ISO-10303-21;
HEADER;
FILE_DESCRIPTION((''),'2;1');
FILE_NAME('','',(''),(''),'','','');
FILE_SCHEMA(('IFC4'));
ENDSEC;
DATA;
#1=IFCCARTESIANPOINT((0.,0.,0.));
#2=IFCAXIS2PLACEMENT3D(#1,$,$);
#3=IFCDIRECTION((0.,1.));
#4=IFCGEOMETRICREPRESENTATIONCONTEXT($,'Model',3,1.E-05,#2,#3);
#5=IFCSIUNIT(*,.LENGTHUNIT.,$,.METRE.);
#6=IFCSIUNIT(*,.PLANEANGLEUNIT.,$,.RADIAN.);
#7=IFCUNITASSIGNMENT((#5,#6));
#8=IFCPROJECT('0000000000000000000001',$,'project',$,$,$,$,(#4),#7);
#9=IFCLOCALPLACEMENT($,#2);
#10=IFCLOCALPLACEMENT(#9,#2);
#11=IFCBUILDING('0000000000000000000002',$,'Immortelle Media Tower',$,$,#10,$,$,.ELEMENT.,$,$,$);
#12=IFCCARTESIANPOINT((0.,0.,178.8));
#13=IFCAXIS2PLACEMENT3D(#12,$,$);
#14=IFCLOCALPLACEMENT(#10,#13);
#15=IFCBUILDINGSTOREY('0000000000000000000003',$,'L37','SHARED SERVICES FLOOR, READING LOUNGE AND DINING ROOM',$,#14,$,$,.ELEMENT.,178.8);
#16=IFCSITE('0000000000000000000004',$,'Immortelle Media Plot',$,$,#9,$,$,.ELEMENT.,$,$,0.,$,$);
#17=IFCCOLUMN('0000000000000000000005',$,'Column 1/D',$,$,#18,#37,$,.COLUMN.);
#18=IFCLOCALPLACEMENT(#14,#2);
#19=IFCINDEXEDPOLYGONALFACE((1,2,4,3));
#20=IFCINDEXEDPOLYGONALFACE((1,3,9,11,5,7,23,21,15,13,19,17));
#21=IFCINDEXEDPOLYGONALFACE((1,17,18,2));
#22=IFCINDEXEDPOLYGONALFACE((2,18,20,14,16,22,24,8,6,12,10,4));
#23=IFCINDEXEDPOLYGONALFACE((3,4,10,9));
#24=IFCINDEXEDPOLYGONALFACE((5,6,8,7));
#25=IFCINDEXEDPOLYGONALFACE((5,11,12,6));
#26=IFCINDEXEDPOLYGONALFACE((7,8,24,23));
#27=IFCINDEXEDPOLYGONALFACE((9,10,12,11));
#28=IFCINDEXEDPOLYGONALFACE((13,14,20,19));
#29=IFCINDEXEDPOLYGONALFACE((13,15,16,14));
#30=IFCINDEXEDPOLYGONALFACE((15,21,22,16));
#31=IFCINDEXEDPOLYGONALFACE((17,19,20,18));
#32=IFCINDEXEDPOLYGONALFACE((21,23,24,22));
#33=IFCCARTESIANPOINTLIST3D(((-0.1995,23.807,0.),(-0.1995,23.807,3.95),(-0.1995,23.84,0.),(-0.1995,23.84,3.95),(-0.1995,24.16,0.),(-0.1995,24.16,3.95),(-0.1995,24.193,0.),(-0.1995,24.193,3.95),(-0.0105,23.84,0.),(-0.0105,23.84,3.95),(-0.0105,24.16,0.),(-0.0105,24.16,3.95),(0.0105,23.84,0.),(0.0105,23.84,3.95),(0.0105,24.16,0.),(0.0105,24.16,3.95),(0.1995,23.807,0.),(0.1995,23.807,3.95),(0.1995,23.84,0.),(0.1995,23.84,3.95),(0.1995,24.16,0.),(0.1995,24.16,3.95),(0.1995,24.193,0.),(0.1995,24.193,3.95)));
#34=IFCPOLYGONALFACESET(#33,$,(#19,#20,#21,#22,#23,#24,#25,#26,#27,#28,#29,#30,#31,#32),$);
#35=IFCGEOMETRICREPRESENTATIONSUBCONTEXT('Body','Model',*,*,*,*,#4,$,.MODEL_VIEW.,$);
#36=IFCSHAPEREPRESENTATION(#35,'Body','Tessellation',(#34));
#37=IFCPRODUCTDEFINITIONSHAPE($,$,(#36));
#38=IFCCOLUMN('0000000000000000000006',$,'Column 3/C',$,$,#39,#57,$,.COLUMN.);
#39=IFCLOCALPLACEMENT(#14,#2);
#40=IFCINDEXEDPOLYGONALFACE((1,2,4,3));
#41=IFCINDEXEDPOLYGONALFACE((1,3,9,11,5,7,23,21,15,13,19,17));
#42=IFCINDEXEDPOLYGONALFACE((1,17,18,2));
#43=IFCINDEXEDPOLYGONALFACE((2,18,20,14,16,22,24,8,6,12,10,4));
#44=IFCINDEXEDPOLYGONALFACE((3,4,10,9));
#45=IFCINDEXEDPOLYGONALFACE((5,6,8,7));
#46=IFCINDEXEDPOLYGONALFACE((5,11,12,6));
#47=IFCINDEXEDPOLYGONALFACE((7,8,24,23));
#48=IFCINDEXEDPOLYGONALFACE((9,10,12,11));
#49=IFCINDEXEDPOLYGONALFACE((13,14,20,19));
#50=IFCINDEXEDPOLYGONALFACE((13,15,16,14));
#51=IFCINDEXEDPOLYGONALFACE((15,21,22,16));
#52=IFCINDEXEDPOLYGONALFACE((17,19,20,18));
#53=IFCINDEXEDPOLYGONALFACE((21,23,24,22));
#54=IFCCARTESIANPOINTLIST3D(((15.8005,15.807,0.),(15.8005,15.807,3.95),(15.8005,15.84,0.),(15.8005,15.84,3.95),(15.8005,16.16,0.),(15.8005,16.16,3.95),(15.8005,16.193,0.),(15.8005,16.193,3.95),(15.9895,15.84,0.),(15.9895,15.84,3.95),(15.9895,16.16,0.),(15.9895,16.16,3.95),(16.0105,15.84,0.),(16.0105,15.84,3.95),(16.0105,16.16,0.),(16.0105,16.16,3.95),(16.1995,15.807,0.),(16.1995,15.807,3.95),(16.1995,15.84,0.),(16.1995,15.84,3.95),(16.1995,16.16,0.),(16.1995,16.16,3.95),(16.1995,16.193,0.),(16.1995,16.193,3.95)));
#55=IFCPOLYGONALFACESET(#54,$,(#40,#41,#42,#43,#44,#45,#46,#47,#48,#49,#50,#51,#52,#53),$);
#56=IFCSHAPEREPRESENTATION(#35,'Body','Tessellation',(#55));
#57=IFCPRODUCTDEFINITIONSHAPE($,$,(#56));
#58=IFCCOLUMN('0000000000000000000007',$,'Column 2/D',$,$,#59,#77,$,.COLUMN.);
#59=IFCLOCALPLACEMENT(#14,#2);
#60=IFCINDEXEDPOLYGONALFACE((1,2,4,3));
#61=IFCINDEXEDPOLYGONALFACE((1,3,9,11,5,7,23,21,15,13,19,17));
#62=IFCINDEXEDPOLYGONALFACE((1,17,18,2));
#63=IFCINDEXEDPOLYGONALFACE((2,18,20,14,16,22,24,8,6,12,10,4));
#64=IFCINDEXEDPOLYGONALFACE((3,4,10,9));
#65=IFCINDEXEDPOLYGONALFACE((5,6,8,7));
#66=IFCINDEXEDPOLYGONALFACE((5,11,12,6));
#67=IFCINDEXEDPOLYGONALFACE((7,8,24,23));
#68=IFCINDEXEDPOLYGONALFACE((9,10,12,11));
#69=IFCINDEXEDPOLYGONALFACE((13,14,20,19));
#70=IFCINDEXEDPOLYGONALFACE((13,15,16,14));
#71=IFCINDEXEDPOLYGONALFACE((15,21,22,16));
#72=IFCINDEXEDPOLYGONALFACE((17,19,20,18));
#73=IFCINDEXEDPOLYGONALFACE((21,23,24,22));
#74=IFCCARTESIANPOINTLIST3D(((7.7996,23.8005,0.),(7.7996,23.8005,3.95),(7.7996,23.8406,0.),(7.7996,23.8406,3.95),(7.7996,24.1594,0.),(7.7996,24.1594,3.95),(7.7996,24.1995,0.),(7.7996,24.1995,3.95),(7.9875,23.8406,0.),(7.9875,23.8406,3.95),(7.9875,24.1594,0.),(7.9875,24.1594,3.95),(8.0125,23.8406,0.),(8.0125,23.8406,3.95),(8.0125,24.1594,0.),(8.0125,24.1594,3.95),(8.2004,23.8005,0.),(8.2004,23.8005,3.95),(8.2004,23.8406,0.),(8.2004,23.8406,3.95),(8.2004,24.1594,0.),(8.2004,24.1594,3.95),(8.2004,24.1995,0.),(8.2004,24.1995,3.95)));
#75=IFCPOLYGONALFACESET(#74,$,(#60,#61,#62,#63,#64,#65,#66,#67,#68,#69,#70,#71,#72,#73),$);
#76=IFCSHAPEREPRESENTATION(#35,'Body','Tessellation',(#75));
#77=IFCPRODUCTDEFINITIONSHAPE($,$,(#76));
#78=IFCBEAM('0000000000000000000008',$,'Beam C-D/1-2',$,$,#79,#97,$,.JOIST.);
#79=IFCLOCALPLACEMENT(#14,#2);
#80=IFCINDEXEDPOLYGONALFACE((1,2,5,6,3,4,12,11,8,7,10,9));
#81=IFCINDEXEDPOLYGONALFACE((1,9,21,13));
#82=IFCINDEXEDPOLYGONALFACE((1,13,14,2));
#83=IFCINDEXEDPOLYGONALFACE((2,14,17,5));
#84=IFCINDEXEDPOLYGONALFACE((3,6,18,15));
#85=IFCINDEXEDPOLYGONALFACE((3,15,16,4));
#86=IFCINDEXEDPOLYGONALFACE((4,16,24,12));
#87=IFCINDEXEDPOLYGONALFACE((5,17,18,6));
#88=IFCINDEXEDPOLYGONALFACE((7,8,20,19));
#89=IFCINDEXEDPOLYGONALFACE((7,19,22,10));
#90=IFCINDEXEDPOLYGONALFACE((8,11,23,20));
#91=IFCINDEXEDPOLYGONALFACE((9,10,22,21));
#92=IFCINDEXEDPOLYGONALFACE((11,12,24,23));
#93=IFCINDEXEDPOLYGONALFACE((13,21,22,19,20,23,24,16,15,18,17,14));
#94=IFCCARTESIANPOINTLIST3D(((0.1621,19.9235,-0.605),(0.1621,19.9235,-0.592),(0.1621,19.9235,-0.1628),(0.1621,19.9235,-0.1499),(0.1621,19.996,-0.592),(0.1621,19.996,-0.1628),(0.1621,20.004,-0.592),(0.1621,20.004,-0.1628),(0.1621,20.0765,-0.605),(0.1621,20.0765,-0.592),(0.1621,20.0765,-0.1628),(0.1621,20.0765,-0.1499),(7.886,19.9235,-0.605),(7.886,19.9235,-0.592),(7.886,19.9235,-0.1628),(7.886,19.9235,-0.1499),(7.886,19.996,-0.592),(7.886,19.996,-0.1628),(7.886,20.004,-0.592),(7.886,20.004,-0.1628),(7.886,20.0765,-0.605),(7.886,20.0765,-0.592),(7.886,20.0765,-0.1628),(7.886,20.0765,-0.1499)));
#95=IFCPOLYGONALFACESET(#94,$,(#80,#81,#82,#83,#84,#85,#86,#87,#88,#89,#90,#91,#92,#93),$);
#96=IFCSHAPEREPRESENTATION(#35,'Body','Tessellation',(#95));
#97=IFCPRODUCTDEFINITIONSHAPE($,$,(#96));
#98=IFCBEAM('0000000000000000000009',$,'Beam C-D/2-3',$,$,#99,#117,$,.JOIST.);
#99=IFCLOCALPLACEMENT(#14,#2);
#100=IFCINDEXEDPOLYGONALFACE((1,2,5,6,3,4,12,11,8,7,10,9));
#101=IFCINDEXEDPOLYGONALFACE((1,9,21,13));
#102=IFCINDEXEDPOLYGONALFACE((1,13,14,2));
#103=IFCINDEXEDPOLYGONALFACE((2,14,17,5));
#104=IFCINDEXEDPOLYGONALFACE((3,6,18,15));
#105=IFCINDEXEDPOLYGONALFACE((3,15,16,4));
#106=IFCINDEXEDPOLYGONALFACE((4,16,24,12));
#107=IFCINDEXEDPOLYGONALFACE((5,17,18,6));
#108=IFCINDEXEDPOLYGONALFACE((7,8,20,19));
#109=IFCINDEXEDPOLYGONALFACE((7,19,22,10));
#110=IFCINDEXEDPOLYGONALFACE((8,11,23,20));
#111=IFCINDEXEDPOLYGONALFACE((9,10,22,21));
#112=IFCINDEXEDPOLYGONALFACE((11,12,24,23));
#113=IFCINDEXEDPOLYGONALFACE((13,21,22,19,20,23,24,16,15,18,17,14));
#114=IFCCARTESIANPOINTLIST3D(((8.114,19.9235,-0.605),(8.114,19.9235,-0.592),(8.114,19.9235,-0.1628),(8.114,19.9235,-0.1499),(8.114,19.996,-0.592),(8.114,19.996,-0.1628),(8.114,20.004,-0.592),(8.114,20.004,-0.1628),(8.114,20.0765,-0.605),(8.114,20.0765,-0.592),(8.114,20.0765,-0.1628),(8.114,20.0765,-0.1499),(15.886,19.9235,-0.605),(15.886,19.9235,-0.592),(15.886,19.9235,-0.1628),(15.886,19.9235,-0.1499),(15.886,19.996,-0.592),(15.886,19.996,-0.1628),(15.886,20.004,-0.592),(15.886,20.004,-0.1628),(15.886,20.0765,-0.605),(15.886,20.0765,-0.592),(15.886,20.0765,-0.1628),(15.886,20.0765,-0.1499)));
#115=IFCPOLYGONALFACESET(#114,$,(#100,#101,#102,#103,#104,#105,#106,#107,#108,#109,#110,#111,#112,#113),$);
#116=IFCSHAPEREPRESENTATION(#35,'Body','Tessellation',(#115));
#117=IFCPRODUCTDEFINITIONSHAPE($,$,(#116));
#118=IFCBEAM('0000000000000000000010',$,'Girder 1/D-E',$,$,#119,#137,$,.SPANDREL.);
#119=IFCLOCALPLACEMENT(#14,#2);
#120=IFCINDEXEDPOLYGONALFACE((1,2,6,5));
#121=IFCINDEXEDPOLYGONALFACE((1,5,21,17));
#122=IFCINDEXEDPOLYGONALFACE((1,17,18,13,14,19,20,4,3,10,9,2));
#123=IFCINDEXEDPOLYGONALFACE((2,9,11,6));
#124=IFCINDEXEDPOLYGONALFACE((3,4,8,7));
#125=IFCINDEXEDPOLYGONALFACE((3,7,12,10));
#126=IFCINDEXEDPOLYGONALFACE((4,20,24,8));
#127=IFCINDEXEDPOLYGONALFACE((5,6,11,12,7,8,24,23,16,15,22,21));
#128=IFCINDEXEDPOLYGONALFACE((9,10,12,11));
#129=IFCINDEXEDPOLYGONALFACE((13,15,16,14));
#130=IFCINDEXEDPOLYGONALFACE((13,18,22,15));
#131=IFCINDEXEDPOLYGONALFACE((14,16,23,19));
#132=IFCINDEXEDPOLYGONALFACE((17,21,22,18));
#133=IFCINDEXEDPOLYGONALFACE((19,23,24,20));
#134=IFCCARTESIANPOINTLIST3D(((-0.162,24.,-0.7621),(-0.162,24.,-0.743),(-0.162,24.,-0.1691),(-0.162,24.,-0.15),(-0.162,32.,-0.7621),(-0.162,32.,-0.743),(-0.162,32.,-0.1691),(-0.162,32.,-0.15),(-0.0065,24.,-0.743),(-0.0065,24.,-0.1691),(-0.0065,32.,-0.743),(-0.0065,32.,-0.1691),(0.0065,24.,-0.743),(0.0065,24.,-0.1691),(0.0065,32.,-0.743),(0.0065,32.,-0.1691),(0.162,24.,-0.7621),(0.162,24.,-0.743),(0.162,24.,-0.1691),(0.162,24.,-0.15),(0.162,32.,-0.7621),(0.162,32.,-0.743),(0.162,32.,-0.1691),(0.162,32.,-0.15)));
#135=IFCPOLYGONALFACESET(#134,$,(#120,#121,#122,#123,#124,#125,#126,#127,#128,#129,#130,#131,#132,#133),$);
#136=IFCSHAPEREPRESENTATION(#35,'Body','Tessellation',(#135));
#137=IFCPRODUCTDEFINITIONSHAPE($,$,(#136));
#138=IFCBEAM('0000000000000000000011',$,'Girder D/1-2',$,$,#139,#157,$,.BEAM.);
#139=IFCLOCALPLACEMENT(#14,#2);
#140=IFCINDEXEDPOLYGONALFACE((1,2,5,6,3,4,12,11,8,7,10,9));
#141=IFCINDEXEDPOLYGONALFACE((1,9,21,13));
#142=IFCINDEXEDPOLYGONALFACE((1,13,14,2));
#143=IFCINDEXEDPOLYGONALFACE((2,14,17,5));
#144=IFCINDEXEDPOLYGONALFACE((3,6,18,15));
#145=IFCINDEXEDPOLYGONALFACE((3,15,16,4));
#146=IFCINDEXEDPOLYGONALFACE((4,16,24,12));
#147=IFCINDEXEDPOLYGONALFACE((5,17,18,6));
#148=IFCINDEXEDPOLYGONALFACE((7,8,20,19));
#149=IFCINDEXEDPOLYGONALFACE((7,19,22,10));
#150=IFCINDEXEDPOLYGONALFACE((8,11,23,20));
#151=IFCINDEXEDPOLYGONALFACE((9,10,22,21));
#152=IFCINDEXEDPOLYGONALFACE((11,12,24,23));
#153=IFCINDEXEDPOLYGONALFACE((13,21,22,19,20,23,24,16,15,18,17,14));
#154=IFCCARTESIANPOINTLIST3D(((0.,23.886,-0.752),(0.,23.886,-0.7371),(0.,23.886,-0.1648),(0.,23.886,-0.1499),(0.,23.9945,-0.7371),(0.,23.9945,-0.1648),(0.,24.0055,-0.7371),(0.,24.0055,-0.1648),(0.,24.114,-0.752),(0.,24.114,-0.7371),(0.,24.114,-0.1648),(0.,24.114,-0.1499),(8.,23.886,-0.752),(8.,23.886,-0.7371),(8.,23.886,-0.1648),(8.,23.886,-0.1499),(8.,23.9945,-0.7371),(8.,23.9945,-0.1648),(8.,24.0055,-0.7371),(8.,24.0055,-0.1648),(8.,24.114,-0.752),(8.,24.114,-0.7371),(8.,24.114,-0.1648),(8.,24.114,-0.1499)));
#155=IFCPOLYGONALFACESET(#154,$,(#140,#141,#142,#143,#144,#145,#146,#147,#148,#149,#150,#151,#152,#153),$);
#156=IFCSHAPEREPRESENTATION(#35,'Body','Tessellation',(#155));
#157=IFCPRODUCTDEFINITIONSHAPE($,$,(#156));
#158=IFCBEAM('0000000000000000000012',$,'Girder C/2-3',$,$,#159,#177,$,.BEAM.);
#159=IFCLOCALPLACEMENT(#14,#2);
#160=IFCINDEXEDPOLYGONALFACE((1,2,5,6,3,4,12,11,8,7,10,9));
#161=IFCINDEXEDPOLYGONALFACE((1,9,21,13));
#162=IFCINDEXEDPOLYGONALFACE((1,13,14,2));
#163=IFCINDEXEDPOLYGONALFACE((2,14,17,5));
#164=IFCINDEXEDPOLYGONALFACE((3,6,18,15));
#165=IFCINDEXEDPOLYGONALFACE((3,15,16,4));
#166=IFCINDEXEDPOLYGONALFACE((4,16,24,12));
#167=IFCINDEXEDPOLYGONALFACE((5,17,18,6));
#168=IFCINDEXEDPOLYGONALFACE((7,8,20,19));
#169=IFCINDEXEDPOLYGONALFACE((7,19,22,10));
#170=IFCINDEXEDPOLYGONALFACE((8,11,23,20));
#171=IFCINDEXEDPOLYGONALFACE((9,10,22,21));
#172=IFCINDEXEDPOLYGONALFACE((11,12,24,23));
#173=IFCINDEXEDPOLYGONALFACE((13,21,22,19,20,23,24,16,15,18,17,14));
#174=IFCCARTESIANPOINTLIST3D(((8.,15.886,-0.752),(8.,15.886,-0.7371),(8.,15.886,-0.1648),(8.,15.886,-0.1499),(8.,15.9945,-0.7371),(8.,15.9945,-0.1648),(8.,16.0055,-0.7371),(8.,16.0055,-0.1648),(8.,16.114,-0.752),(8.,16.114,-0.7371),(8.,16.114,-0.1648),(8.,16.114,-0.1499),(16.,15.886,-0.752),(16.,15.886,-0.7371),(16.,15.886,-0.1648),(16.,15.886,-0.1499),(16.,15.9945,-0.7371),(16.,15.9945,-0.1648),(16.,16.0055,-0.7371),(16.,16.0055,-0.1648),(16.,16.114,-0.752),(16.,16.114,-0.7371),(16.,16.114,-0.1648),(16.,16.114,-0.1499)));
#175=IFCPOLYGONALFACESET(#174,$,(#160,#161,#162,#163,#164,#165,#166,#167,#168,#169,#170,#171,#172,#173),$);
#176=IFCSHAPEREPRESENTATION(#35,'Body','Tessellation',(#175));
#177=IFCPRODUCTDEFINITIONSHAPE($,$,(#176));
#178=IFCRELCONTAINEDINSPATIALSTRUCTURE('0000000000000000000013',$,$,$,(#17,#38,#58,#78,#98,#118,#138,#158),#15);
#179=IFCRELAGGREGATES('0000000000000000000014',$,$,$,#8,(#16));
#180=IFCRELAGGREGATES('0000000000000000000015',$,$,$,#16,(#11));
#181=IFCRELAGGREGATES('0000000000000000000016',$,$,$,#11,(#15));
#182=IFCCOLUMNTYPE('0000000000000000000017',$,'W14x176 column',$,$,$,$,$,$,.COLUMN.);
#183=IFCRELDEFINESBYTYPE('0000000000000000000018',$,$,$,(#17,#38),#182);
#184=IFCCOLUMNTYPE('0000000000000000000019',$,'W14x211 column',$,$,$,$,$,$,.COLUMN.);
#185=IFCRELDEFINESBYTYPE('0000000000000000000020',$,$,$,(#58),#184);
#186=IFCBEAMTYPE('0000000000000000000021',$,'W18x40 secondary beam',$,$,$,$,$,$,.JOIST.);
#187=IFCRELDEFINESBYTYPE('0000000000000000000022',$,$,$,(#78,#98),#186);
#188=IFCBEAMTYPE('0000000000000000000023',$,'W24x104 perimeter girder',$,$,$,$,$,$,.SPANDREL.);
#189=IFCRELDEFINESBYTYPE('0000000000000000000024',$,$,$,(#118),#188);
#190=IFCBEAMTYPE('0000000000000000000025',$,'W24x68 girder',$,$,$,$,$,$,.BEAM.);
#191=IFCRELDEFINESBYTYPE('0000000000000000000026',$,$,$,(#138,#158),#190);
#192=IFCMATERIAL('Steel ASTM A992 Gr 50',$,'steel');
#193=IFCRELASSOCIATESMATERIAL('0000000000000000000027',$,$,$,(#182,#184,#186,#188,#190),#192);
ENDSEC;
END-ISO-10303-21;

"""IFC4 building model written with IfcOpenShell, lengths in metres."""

from ifc_helpers import new_model, si_unit, direction, frame, origin, origin_2d, place, context, subcontext, project, spatial, i_section, extrude, material, material_profile, profile_set, type_object, element, save


model = new_model("IFC4")

# Units and contexts
model_context = context("Model", 3, precision=1e-05, world=origin(), true_north=direction((0.0, 1.0)))
body_context = subcontext(model_context, "Body", "Model", "MODEL_VIEW")
ifc_project = project(units=[si_unit("LENGTHUNIT", "METRE"), si_unit("PLANEANGLEUNIT", "RADIAN")], contexts=[model_context])

# Site, building, storey
site_placement = place(None, origin())
site = spatial("IfcSite", under=ifc_project, at=site_placement, Name="Immortelle Media Plot", CompositionType="ELEMENT", RefElevation=0.0)
building_placement = place(site_placement, origin())
building = spatial("IfcBuilding", under=site, at=building_placement, Name="Immortelle Media Tower", CompositionType="ELEMENT")
storey_placement = place(building_placement, frame((0.0, 0.0, 178.8)))
storey = spatial("IfcBuildingStorey", under=building, at=storey_placement, Name="L37", Description="SHARED SERVICES FLOOR, READING LOUNGE AND DINING ROOM", CompositionType="ELEMENT", Elevation=178.8)

# Columns
ifc_material_1 = material(Name="Steel ASTM A992 Gr 50", Category="steel")
ifc_material_profile_1 = material_profile(ifc_material_1, i_section(OverallWidth=0.3989, OverallDepth=0.386, WebThickness=0.021, FlangeThickness=0.033, at=origin_2d()), Name="W14x176")
ifc_profile_set_1 = profile_set([ifc_material_profile_1], Name="Steel ASTM A992 Gr 50")
column_type_1 = type_object("IfcColumnType", Name="W14x176 column", PredefinedType="COLUMN", material=ifc_profile_set_1)
for number, where, z_axis, x_axis, name in (
    (1, (0.0, 24.0, 0.0), (0.0, 0.0, 1.0), (1.0, 0.0, 0.0), "Column 1/D"),
    (2, (16.0, 16.0, 0.0), (0.0, 0.0, 1.0), (1.0, 0.0, 0.0), "Column 3/C"),
):
    element("IfcColumn", number, at=place(storey_placement, frame(where, z_axis=z_axis, x_axis=x_axis)), inside=storey, type_object=column_type_1, Name=name, PredefinedType="COLUMN", context=body_context, shape_type="SweptSolid", body=[
        extrude(i_section(OverallWidth=0.3989, OverallDepth=0.386, WebThickness=0.021, FlangeThickness=0.033, at=origin_2d()), origin(), (0.0, 0.0, 1.0), 3.95),
    ])
ifc_material_profile_2 = material_profile(ifc_material_1, i_section(OverallWidth=0.4009, OverallDepth=0.3989, WebThickness=0.0249, FlangeThickness=0.04, at=origin_2d()), Name="W14x211")
ifc_profile_set_2 = profile_set([ifc_material_profile_2], Name="Steel ASTM A992 Gr 50")
column_type_2 = type_object("IfcColumnType", Name="W14x211 column", PredefinedType="COLUMN", material=ifc_profile_set_2)
column_placement = place(storey_placement, frame((8.0, 24.0, 0.0), z_axis=(0.0, 0.0, 1.0), x_axis=(1.0, 0.0, 0.0)))
element("IfcColumn", 3, at=column_placement, inside=storey, type_object=column_type_2, Name="Column 2/D", PredefinedType="COLUMN", context=body_context, shape_type="SweptSolid", body=[
    extrude(i_section(OverallWidth=0.4009, OverallDepth=0.3989, WebThickness=0.0249, FlangeThickness=0.04, at=origin_2d()), origin(), (0.0, 0.0, 1.0), 3.95),
])

# Beams
ifc_material_profile_3 = material_profile(ifc_material_1, i_section(OverallWidth=0.1531, OverallDepth=0.4551, WebThickness=0.0081, FlangeThickness=0.0129, at=origin_2d()), Name="W18x40")
ifc_profile_set_3 = profile_set([ifc_material_profile_3], Name="Steel ASTM A992 Gr 50")
beam_type_1 = type_object("IfcBeamType", Name="W18x40 secondary beam", PredefinedType="JOIST", material=ifc_profile_set_3)
beam_1_placement = place(storey_placement, frame((0.1621, 20.0, -0.3774), z_axis=(1.0, 0.0, 0.0), x_axis=(0.0, 1.0, 0.0)))
element("IfcBeam", 4, at=beam_1_placement, inside=storey, type_object=beam_type_1, Name="Beam C-D/1-2", PredefinedType="JOIST", context=body_context, shape_type="SweptSolid", body=[
    extrude(i_section(OverallWidth=0.1531, OverallDepth=0.4551, WebThickness=0.0081, FlangeThickness=0.0129, at=origin_2d()), origin(), (0.0, 0.0, 1.0), 7.7239),
])
beam_2_placement = place(storey_placement, frame((8.114, 20.0, -0.3774), z_axis=(1.0, 0.0, 0.0), x_axis=(0.0, 1.0, 0.0)))
element("IfcBeam", 5, at=beam_2_placement, inside=storey, type_object=beam_type_1, Name="Beam C-D/2-3", PredefinedType="JOIST", context=body_context, shape_type="SweptSolid", body=[
    extrude(i_section(OverallWidth=0.1531, OverallDepth=0.4551, WebThickness=0.0081, FlangeThickness=0.0129, at=origin_2d()), origin(), (0.0, 0.0, 1.0), 7.772),
])
ifc_material_profile_4 = material_profile(ifc_material_1, i_section(OverallWidth=0.324, OverallDepth=0.6121, WebThickness=0.0129, FlangeThickness=0.019, at=origin_2d()), Name="W24x104")
ifc_profile_set_4 = profile_set([ifc_material_profile_4], Name="Steel ASTM A992 Gr 50")
beam_type_2 = type_object("IfcBeamType", Name="W24x104 perimeter girder", PredefinedType="SPANDREL", material=ifc_profile_set_4)
beam_3_placement = place(storey_placement, frame((0.0, 24.0, -0.4561), z_axis=(0.0, 1.0, 0.0), x_axis=(-1.0, 0.0, 0.0)))
element("IfcBeam", 6, at=beam_3_placement, inside=storey, type_object=beam_type_2, Name="Girder 1/D-E", PredefinedType="SPANDREL", context=body_context, shape_type="SweptSolid", body=[
    extrude(i_section(OverallWidth=0.324, OverallDepth=0.6121, WebThickness=0.0129, FlangeThickness=0.019, at=origin_2d()), origin(), (0.0, 0.0, 1.0), 8.0),
])
ifc_material_profile_5 = material_profile(ifc_material_1, i_section(OverallWidth=0.228, OverallDepth=0.6021, WebThickness=0.011, FlangeThickness=0.0149, at=origin_2d()), Name="W24x68")
ifc_profile_set_5 = profile_set([ifc_material_profile_5], Name="Steel ASTM A992 Gr 50")
beam_type_3 = type_object("IfcBeamType", Name="W24x68 girder", PredefinedType="BEAM", material=ifc_profile_set_5)
for number, where, z_axis, x_axis, name in (
    (7, (0.0, 24.0, -0.4509), (1.0, 0.0, 0.0), (0.0, 1.0, 0.0), "Girder D/1-2"),
    (8, (8.0, 16.0, -0.4509), (1.0, 0.0, 0.0), (0.0, 1.0, 0.0), "Girder C/2-3"),
):
    element("IfcBeam", number, at=place(storey_placement, frame(where, z_axis=z_axis, x_axis=x_axis)), inside=storey, type_object=beam_type_3, Name=name, PredefinedType="BEAM", context=body_context, shape_type="SweptSolid", body=[
        extrude(i_section(OverallWidth=0.228, OverallDepth=0.6021, WebThickness=0.011, FlangeThickness=0.0149, at=origin_2d()), origin(), (0.0, 0.0, 1.0), 8.0),
    ])

save(model, "model.ifc")
